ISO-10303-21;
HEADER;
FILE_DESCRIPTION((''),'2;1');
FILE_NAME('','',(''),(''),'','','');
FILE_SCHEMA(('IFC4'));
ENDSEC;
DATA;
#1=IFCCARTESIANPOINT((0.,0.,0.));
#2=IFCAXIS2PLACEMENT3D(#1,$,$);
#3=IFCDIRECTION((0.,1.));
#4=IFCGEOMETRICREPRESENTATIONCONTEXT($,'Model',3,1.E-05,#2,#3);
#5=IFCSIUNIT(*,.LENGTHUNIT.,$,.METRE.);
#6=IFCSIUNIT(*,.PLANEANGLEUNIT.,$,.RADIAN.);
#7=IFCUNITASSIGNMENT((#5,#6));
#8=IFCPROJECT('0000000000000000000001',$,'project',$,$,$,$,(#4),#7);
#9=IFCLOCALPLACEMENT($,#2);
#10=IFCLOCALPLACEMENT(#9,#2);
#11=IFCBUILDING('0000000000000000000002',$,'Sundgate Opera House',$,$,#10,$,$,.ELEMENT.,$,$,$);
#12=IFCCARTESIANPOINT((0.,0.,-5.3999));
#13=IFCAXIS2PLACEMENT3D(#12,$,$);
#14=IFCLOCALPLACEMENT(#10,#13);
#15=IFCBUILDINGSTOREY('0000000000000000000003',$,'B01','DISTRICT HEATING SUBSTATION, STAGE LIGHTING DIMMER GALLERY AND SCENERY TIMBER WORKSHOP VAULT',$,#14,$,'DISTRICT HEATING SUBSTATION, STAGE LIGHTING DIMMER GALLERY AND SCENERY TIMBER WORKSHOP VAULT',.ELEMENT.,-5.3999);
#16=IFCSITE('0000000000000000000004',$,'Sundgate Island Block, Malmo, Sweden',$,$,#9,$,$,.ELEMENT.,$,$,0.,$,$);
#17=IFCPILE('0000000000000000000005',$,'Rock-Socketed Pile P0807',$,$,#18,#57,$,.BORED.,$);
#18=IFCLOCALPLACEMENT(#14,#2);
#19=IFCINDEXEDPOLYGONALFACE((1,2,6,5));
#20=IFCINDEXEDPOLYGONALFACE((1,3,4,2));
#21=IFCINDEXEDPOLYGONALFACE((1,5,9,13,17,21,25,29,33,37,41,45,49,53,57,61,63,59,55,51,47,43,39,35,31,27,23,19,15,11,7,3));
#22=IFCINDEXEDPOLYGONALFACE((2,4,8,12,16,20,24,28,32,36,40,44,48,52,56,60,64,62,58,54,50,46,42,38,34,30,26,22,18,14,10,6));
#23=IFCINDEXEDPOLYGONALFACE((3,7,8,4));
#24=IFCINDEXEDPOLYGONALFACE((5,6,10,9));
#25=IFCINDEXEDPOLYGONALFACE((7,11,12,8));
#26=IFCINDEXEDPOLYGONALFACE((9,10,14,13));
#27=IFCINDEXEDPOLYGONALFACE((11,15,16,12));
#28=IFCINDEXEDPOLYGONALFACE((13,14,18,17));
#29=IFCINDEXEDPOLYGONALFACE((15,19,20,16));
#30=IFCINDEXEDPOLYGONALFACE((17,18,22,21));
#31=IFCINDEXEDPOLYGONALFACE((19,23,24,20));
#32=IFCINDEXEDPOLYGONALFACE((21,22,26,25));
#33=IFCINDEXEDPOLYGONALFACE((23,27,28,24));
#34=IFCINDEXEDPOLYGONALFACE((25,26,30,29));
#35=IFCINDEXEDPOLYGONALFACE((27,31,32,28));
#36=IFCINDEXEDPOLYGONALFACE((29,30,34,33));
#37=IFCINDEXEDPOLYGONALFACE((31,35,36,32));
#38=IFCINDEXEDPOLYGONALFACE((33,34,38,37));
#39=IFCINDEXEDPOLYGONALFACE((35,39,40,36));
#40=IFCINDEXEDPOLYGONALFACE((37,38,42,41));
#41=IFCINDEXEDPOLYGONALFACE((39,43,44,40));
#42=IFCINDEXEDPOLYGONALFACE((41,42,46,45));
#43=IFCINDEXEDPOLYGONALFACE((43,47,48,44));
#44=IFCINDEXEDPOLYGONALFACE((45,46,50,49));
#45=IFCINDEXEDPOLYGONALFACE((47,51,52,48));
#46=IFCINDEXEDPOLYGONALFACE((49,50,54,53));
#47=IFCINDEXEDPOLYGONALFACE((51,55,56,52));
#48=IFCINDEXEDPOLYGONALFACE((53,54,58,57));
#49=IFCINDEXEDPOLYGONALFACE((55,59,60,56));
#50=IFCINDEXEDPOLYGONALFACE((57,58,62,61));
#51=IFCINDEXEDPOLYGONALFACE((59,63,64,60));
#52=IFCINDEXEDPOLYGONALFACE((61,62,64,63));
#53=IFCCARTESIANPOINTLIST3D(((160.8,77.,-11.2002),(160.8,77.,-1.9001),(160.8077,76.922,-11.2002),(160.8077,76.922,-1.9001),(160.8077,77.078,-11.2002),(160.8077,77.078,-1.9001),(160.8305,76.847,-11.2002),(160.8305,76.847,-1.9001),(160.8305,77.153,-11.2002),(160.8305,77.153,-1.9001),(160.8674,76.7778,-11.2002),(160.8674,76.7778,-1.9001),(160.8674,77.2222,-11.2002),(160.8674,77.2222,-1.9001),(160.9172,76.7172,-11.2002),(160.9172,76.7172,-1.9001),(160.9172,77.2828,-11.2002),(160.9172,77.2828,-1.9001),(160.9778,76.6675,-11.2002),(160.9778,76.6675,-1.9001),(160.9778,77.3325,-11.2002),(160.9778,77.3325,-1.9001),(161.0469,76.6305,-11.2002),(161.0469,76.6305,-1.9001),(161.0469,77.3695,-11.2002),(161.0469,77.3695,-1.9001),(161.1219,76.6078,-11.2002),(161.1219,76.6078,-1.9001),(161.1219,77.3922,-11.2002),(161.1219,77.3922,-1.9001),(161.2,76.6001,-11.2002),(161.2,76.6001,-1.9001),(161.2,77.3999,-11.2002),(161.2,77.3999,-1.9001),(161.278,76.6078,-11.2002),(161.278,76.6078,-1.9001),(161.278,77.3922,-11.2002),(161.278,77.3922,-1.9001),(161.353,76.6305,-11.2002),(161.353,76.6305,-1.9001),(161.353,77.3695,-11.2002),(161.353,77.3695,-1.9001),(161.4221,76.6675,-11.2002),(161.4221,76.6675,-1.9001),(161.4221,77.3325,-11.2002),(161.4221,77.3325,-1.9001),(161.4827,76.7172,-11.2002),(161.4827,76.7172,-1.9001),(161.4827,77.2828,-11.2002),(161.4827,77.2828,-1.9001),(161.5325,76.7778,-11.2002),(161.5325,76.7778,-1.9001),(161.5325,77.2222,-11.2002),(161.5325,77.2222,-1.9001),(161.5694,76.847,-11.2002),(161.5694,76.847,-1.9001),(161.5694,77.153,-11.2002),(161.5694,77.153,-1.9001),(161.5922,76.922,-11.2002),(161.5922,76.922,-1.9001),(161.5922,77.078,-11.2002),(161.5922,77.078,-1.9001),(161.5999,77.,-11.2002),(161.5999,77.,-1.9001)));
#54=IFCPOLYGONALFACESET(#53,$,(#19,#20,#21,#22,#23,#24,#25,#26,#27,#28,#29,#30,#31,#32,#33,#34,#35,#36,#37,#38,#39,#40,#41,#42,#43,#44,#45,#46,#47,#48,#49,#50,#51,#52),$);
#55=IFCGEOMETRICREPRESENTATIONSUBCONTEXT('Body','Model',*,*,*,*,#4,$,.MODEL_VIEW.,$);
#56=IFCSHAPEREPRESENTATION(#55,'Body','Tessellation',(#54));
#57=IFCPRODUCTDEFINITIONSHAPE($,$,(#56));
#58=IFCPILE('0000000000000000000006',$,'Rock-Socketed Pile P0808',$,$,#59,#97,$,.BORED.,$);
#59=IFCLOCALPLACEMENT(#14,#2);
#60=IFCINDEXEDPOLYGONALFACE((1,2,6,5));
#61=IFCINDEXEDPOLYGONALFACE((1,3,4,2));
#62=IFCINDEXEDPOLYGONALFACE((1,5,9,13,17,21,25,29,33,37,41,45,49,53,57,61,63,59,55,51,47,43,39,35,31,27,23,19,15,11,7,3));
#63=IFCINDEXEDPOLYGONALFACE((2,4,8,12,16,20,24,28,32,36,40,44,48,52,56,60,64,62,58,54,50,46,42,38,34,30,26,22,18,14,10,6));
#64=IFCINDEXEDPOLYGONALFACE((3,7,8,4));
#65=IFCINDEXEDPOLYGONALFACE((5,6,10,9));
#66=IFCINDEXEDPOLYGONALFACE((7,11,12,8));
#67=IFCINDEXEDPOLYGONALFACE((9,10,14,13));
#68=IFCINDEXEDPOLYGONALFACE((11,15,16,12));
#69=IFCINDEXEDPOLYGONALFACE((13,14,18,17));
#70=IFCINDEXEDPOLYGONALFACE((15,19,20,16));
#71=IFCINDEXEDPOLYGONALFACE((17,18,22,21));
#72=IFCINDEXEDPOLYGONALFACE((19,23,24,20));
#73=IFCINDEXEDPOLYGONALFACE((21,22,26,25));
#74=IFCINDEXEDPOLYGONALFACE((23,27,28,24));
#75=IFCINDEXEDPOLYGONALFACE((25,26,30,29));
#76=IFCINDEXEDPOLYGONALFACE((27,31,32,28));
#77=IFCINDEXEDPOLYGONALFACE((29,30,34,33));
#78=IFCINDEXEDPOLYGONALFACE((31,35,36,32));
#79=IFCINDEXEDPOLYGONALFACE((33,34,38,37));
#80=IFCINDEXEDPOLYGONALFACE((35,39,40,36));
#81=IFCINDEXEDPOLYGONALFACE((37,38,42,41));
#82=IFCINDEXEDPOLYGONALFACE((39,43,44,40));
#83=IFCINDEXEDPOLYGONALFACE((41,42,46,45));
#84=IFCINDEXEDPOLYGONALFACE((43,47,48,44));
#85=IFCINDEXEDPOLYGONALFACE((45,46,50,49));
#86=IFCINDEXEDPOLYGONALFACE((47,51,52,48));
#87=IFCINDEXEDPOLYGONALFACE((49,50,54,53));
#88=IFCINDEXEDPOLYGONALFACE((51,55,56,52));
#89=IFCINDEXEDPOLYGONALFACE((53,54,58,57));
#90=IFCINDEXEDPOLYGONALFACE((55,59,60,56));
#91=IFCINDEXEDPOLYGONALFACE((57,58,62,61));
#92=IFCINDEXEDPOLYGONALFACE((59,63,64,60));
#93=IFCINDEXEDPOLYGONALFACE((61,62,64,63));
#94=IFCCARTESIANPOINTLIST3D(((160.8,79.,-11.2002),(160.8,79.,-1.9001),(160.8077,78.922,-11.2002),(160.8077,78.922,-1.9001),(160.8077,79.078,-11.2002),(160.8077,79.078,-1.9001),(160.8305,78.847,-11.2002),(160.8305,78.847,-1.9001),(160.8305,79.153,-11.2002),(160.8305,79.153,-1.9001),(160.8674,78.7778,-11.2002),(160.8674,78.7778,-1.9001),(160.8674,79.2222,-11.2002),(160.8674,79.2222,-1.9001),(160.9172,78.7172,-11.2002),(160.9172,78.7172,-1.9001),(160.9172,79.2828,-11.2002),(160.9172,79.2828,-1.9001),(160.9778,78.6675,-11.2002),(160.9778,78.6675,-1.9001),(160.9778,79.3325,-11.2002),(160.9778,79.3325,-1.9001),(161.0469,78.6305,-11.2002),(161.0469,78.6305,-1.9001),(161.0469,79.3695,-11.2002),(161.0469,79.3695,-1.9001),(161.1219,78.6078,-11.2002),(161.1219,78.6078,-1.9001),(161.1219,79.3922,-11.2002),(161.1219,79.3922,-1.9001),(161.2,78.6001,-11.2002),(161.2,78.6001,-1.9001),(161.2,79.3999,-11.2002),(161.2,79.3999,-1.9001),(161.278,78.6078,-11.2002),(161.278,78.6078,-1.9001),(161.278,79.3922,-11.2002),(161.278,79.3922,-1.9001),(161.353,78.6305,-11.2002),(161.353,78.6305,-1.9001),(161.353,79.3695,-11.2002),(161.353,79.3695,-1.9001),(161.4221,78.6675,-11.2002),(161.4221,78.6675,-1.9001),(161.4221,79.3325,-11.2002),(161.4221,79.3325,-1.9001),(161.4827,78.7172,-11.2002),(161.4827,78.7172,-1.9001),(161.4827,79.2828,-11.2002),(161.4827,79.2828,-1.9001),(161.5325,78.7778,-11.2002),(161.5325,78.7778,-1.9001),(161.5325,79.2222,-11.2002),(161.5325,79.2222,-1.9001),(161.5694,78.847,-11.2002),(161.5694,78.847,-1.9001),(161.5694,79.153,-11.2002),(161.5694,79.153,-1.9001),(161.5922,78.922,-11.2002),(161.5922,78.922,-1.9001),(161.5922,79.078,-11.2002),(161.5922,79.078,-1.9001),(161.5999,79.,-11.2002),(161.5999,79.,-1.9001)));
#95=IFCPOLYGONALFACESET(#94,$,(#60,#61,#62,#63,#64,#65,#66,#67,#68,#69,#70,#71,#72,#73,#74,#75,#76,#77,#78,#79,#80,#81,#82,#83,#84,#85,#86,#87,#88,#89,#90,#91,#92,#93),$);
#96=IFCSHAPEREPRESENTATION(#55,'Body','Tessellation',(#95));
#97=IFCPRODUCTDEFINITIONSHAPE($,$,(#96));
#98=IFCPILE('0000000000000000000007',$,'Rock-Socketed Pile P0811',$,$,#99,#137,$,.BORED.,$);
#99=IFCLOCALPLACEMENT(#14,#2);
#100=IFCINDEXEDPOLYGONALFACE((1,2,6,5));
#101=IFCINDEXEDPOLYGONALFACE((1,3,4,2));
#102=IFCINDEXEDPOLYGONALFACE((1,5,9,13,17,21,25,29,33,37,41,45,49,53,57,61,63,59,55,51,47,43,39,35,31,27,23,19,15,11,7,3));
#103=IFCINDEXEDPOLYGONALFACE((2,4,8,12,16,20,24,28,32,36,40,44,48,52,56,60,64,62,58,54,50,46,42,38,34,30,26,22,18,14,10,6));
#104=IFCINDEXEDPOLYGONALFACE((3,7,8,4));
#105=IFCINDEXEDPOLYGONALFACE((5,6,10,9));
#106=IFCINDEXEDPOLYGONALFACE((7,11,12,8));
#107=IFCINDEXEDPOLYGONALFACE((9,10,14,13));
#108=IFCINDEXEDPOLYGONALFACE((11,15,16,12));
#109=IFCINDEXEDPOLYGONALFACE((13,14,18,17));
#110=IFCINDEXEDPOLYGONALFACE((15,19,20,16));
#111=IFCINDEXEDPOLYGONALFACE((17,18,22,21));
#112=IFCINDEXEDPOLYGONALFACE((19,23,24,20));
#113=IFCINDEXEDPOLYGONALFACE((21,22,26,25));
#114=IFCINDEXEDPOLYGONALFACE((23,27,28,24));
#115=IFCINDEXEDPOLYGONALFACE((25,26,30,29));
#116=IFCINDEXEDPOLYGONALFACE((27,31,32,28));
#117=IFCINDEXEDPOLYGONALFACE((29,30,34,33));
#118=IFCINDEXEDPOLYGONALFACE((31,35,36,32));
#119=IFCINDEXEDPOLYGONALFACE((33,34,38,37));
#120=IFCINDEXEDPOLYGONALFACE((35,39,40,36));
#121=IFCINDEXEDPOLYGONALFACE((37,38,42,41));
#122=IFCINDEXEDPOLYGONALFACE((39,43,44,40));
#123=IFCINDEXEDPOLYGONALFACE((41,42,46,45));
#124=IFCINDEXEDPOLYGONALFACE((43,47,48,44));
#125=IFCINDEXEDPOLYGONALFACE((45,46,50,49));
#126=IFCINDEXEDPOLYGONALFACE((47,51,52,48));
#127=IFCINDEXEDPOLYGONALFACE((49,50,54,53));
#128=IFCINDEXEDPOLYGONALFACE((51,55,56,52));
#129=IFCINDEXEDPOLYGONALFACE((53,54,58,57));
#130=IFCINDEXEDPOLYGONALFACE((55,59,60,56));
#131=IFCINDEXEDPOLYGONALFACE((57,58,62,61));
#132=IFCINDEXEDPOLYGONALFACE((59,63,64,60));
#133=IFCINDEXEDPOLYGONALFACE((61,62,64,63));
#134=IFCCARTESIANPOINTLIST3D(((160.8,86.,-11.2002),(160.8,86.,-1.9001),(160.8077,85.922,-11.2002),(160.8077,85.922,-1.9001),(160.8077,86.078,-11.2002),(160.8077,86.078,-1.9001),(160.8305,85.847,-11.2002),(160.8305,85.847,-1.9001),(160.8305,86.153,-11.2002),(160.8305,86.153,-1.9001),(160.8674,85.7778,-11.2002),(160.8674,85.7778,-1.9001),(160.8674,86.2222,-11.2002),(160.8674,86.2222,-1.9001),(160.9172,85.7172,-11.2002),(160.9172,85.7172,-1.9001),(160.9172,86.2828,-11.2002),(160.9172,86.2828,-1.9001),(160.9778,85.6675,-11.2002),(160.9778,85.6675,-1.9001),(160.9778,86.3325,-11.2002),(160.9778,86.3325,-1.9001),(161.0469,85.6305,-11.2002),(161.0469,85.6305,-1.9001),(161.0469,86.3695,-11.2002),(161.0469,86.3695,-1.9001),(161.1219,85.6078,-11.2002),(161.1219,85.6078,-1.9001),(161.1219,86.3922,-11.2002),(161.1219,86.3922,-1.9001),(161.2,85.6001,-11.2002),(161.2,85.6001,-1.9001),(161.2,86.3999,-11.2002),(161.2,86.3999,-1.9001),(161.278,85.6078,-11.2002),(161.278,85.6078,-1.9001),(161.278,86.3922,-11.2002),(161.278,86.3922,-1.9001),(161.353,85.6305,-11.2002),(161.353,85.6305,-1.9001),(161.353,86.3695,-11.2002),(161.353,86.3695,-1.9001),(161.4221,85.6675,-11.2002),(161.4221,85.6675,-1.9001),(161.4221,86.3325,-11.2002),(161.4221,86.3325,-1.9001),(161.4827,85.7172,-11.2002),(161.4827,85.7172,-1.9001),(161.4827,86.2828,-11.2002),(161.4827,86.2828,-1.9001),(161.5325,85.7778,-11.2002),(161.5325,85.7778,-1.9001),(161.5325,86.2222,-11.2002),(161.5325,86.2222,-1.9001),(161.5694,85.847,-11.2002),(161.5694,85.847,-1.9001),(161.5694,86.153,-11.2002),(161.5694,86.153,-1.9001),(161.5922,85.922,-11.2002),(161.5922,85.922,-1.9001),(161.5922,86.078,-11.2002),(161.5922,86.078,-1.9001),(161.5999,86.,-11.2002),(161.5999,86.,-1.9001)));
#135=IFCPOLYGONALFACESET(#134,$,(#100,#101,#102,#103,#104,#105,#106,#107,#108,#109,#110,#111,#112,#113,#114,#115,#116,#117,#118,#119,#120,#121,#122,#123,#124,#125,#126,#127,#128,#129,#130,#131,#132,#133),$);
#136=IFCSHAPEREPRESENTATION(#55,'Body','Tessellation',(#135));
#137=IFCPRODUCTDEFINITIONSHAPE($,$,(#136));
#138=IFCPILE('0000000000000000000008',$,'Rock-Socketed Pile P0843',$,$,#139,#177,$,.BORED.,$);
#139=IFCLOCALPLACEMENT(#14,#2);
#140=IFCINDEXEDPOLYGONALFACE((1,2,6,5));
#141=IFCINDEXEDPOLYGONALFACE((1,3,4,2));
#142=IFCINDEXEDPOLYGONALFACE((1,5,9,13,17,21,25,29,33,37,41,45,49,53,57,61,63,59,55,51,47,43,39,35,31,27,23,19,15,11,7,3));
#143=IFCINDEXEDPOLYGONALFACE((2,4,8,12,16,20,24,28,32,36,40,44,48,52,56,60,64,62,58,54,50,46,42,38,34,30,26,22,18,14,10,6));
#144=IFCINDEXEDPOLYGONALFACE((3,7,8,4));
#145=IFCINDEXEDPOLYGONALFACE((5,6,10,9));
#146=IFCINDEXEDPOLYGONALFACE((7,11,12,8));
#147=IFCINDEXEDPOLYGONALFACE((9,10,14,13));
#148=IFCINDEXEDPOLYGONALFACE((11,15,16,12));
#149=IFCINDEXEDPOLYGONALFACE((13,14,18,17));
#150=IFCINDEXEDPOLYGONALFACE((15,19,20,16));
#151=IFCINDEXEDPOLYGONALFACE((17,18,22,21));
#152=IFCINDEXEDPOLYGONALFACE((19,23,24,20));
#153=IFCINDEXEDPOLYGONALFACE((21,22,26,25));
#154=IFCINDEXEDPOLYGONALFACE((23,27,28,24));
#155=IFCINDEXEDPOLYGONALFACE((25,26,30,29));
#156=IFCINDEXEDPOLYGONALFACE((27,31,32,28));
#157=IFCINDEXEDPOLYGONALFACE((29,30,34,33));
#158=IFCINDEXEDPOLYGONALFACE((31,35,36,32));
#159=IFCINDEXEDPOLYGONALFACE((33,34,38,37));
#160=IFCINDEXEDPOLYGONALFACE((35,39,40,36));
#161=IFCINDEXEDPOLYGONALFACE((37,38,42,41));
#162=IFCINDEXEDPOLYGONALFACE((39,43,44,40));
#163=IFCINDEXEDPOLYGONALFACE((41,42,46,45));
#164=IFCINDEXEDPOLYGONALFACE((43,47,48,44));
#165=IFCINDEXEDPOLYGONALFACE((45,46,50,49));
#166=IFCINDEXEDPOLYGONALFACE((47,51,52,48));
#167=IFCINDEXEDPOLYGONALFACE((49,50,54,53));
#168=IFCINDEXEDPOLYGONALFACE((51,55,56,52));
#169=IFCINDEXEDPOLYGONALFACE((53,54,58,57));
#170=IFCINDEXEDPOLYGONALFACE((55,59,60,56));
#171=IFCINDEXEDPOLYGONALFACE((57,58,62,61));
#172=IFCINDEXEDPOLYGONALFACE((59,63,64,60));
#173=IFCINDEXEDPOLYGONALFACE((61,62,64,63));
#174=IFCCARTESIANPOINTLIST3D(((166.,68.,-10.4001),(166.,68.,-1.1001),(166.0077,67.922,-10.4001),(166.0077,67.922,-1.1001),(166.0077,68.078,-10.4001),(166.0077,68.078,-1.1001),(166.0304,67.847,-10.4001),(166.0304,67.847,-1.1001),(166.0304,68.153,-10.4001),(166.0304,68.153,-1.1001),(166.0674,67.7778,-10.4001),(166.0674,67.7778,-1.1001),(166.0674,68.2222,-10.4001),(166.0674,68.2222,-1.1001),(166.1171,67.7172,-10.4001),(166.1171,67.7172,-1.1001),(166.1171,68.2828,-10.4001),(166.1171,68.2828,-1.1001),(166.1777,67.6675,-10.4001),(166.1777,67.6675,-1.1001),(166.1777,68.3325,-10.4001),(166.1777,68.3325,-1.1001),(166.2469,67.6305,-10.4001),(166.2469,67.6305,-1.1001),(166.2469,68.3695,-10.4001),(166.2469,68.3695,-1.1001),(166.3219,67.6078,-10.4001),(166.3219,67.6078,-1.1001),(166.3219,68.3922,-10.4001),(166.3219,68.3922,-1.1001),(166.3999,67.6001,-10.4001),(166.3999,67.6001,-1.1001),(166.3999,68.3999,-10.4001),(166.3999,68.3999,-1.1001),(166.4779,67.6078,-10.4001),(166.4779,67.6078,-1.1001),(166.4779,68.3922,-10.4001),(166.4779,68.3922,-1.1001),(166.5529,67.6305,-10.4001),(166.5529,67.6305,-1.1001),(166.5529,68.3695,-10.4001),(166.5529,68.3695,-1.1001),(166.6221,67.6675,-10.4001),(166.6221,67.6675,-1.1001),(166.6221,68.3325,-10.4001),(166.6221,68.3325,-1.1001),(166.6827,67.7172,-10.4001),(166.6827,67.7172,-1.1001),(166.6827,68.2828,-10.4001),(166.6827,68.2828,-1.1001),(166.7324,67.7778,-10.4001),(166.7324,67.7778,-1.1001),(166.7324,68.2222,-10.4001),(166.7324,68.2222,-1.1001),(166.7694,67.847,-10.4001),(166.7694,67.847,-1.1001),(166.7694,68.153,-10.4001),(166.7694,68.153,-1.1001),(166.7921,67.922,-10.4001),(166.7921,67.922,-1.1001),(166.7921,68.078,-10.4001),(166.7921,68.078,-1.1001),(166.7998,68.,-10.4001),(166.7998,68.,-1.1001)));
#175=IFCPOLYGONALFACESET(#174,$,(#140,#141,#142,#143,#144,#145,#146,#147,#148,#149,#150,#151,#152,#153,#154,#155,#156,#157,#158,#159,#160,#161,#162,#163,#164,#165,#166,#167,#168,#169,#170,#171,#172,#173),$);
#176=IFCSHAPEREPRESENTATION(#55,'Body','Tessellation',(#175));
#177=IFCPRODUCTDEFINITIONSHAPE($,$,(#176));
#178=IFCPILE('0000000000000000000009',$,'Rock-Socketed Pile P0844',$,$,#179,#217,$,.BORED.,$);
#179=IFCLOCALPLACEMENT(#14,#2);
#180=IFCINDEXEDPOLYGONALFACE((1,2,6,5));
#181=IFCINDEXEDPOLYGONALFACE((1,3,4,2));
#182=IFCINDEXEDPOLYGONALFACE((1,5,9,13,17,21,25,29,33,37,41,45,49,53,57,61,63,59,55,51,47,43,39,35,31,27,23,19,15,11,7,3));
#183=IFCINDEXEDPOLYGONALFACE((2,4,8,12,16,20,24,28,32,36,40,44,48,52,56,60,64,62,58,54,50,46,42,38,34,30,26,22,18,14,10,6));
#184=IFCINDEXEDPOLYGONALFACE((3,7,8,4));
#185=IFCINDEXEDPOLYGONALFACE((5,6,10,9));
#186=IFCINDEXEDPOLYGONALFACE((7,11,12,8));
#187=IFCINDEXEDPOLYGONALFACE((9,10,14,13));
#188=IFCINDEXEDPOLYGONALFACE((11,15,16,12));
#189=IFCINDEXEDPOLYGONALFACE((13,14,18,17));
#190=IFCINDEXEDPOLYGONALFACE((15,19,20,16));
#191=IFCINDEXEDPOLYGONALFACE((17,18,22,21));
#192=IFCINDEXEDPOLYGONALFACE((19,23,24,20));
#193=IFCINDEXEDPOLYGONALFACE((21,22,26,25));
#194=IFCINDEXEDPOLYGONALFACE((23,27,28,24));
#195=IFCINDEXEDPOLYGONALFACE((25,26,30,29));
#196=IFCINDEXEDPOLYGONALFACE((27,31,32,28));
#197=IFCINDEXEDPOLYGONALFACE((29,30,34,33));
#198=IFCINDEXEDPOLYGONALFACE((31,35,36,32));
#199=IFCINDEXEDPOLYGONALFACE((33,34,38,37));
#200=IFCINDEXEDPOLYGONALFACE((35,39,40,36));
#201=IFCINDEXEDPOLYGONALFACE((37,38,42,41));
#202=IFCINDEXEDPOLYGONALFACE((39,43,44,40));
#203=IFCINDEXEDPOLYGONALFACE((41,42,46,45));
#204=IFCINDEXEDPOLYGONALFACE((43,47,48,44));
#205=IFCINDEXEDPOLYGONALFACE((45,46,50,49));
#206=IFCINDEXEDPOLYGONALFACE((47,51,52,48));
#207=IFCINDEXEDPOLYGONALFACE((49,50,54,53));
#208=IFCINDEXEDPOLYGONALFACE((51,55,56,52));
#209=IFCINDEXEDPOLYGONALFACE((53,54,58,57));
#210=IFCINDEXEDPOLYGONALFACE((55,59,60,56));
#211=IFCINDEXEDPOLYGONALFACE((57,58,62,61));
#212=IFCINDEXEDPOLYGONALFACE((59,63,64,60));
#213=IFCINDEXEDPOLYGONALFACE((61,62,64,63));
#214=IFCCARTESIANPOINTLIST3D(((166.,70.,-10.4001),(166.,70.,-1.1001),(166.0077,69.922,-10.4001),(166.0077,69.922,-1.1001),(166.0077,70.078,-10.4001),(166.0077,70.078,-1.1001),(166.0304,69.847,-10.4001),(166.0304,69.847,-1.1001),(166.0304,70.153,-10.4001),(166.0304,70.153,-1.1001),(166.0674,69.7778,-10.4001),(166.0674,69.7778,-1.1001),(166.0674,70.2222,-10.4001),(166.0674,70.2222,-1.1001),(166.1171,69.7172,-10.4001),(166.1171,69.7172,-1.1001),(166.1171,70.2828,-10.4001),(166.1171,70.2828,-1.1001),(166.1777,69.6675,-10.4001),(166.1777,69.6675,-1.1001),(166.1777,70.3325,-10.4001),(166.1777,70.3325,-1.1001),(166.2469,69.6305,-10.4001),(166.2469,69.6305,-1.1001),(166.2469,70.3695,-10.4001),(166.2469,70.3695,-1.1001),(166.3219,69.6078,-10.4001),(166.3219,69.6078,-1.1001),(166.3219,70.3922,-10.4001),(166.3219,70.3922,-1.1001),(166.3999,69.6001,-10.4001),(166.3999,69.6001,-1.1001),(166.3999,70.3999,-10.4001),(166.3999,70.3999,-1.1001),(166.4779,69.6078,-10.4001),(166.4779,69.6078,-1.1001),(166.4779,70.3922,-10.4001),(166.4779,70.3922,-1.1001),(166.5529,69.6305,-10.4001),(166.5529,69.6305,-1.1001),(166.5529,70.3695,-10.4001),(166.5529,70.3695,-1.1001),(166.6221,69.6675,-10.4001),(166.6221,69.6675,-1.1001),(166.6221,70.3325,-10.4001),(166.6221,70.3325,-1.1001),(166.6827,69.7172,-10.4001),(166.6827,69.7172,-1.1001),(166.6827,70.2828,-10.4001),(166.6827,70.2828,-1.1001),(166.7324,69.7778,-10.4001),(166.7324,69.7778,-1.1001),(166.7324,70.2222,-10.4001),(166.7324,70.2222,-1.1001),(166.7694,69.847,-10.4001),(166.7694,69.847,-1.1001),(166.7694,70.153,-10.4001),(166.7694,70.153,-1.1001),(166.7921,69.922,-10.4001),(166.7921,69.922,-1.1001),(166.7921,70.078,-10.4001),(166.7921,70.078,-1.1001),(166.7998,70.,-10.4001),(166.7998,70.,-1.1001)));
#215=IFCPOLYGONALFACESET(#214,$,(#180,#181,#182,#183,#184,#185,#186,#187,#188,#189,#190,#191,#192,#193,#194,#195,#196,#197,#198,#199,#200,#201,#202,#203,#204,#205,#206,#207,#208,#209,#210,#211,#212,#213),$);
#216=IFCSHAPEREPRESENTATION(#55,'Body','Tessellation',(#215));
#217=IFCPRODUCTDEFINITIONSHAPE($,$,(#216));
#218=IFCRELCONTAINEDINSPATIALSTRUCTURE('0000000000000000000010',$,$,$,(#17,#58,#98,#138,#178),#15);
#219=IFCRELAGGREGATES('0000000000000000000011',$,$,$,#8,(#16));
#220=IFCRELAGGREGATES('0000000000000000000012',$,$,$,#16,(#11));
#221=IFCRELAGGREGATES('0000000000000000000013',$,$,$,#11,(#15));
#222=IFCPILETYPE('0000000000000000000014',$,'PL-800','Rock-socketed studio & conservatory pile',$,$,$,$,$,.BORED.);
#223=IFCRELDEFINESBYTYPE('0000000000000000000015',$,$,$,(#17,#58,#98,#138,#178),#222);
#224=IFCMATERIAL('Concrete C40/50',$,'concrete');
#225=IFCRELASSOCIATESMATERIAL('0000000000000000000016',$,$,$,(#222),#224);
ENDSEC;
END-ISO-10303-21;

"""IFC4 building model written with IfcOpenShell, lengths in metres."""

from ifc_helpers import new_model, si_unit, direction, frame, origin, origin_2d, place, context, subcontext, project, spatial, circle, extrude, material, material_profile, profile_set, type_object, element, save


model = new_model("IFC4")

# Units and contexts
model_context = context("Model", 3, precision=1e-05, world=origin(), true_north=direction((0.0, 1.0)))
body_context = subcontext(model_context, "Body", "Model", "MODEL_VIEW")
ifc_project = project(units=[si_unit("LENGTHUNIT", "METRE"), si_unit("PLANEANGLEUNIT", "RADIAN")], contexts=[model_context])

# Site, building, storey
site_placement = place(None, origin())
site = spatial("IfcSite", under=ifc_project, at=site_placement, Name="Sundgate Island Block, Malmo, Sweden", CompositionType="ELEMENT", RefElevation=0.0)
building_placement = place(site_placement, origin())
building = spatial("IfcBuilding", under=site, at=building_placement, Name="Sundgate Opera House", CompositionType="ELEMENT")
storey_placement = place(building_placement, frame((0.0, 0.0, -5.3999)))
storey = spatial("IfcBuildingStorey", under=building, at=storey_placement, Name="B01", Description="DISTRICT HEATING SUBSTATION, STAGE LIGHTING DIMMER GALLERY AND SCENERY TIMBER WORKSHOP VAULT", LongName="DISTRICT HEATING SUBSTATION, STAGE LIGHTING DIMMER GALLERY AND SCENERY TIMBER WORKSHOP VAULT", CompositionType="ELEMENT", Elevation=-5.3999)

# Piles
ifc_material_1 = material(Name="Concrete C40/50", Category="concrete")
ifc_material_profile_1 = material_profile(ifc_material_1, circle(Radius=0.3999, at=origin_2d()), Name="PILE D800")
ifc_profile_set_1 = profile_set([ifc_material_profile_1], Name="Concrete C40/50")
pile_type = type_object("IfcPileType", Name="PL-800", Description="Rock-socketed studio & conservatory pile", PredefinedType="BORED", material=ifc_profile_set_1)
for number, where, z_axis, x_axis, name in (
    (1, (161.2, 77.0, -1.9001), (0.0, 0.0, -1.0), (1.0, 0.0, 0.0), "Rock-Socketed Pile P0807"),
    (2, (161.2, 79.0, -1.9001), (0.0, 0.0, -1.0), (1.0, 0.0, 0.0), "Rock-Socketed Pile P0808"),
    (3, (161.2, 86.0, -1.9001), (0.0, 0.0, -1.0), (1.0, 0.0, 0.0), "Rock-Socketed Pile P0811"),
    (4, (166.3999, 68.0, -1.1001), (0.0, 0.0, -1.0), (1.0, 0.0, 0.0), "Rock-Socketed Pile P0843"),
    (5, (166.3999, 70.0, -1.1001), (0.0, 0.0, -1.0), (1.0, 0.0, 0.0), "Rock-Socketed Pile P0844"),
):
    element("IfcPile", number, at=place(storey_placement, frame(where, z_axis=z_axis, x_axis=x_axis)), inside=storey, type_object=pile_type, Name=name, PredefinedType="BORED", context=body_context, shape_type="SweptSolid", body=[
        extrude(circle(Radius=0.3999, at=origin_2d()), origin(), (0.0, 0.0, 1.0), 9.3),
    ])

save(model, "model.ifc")
